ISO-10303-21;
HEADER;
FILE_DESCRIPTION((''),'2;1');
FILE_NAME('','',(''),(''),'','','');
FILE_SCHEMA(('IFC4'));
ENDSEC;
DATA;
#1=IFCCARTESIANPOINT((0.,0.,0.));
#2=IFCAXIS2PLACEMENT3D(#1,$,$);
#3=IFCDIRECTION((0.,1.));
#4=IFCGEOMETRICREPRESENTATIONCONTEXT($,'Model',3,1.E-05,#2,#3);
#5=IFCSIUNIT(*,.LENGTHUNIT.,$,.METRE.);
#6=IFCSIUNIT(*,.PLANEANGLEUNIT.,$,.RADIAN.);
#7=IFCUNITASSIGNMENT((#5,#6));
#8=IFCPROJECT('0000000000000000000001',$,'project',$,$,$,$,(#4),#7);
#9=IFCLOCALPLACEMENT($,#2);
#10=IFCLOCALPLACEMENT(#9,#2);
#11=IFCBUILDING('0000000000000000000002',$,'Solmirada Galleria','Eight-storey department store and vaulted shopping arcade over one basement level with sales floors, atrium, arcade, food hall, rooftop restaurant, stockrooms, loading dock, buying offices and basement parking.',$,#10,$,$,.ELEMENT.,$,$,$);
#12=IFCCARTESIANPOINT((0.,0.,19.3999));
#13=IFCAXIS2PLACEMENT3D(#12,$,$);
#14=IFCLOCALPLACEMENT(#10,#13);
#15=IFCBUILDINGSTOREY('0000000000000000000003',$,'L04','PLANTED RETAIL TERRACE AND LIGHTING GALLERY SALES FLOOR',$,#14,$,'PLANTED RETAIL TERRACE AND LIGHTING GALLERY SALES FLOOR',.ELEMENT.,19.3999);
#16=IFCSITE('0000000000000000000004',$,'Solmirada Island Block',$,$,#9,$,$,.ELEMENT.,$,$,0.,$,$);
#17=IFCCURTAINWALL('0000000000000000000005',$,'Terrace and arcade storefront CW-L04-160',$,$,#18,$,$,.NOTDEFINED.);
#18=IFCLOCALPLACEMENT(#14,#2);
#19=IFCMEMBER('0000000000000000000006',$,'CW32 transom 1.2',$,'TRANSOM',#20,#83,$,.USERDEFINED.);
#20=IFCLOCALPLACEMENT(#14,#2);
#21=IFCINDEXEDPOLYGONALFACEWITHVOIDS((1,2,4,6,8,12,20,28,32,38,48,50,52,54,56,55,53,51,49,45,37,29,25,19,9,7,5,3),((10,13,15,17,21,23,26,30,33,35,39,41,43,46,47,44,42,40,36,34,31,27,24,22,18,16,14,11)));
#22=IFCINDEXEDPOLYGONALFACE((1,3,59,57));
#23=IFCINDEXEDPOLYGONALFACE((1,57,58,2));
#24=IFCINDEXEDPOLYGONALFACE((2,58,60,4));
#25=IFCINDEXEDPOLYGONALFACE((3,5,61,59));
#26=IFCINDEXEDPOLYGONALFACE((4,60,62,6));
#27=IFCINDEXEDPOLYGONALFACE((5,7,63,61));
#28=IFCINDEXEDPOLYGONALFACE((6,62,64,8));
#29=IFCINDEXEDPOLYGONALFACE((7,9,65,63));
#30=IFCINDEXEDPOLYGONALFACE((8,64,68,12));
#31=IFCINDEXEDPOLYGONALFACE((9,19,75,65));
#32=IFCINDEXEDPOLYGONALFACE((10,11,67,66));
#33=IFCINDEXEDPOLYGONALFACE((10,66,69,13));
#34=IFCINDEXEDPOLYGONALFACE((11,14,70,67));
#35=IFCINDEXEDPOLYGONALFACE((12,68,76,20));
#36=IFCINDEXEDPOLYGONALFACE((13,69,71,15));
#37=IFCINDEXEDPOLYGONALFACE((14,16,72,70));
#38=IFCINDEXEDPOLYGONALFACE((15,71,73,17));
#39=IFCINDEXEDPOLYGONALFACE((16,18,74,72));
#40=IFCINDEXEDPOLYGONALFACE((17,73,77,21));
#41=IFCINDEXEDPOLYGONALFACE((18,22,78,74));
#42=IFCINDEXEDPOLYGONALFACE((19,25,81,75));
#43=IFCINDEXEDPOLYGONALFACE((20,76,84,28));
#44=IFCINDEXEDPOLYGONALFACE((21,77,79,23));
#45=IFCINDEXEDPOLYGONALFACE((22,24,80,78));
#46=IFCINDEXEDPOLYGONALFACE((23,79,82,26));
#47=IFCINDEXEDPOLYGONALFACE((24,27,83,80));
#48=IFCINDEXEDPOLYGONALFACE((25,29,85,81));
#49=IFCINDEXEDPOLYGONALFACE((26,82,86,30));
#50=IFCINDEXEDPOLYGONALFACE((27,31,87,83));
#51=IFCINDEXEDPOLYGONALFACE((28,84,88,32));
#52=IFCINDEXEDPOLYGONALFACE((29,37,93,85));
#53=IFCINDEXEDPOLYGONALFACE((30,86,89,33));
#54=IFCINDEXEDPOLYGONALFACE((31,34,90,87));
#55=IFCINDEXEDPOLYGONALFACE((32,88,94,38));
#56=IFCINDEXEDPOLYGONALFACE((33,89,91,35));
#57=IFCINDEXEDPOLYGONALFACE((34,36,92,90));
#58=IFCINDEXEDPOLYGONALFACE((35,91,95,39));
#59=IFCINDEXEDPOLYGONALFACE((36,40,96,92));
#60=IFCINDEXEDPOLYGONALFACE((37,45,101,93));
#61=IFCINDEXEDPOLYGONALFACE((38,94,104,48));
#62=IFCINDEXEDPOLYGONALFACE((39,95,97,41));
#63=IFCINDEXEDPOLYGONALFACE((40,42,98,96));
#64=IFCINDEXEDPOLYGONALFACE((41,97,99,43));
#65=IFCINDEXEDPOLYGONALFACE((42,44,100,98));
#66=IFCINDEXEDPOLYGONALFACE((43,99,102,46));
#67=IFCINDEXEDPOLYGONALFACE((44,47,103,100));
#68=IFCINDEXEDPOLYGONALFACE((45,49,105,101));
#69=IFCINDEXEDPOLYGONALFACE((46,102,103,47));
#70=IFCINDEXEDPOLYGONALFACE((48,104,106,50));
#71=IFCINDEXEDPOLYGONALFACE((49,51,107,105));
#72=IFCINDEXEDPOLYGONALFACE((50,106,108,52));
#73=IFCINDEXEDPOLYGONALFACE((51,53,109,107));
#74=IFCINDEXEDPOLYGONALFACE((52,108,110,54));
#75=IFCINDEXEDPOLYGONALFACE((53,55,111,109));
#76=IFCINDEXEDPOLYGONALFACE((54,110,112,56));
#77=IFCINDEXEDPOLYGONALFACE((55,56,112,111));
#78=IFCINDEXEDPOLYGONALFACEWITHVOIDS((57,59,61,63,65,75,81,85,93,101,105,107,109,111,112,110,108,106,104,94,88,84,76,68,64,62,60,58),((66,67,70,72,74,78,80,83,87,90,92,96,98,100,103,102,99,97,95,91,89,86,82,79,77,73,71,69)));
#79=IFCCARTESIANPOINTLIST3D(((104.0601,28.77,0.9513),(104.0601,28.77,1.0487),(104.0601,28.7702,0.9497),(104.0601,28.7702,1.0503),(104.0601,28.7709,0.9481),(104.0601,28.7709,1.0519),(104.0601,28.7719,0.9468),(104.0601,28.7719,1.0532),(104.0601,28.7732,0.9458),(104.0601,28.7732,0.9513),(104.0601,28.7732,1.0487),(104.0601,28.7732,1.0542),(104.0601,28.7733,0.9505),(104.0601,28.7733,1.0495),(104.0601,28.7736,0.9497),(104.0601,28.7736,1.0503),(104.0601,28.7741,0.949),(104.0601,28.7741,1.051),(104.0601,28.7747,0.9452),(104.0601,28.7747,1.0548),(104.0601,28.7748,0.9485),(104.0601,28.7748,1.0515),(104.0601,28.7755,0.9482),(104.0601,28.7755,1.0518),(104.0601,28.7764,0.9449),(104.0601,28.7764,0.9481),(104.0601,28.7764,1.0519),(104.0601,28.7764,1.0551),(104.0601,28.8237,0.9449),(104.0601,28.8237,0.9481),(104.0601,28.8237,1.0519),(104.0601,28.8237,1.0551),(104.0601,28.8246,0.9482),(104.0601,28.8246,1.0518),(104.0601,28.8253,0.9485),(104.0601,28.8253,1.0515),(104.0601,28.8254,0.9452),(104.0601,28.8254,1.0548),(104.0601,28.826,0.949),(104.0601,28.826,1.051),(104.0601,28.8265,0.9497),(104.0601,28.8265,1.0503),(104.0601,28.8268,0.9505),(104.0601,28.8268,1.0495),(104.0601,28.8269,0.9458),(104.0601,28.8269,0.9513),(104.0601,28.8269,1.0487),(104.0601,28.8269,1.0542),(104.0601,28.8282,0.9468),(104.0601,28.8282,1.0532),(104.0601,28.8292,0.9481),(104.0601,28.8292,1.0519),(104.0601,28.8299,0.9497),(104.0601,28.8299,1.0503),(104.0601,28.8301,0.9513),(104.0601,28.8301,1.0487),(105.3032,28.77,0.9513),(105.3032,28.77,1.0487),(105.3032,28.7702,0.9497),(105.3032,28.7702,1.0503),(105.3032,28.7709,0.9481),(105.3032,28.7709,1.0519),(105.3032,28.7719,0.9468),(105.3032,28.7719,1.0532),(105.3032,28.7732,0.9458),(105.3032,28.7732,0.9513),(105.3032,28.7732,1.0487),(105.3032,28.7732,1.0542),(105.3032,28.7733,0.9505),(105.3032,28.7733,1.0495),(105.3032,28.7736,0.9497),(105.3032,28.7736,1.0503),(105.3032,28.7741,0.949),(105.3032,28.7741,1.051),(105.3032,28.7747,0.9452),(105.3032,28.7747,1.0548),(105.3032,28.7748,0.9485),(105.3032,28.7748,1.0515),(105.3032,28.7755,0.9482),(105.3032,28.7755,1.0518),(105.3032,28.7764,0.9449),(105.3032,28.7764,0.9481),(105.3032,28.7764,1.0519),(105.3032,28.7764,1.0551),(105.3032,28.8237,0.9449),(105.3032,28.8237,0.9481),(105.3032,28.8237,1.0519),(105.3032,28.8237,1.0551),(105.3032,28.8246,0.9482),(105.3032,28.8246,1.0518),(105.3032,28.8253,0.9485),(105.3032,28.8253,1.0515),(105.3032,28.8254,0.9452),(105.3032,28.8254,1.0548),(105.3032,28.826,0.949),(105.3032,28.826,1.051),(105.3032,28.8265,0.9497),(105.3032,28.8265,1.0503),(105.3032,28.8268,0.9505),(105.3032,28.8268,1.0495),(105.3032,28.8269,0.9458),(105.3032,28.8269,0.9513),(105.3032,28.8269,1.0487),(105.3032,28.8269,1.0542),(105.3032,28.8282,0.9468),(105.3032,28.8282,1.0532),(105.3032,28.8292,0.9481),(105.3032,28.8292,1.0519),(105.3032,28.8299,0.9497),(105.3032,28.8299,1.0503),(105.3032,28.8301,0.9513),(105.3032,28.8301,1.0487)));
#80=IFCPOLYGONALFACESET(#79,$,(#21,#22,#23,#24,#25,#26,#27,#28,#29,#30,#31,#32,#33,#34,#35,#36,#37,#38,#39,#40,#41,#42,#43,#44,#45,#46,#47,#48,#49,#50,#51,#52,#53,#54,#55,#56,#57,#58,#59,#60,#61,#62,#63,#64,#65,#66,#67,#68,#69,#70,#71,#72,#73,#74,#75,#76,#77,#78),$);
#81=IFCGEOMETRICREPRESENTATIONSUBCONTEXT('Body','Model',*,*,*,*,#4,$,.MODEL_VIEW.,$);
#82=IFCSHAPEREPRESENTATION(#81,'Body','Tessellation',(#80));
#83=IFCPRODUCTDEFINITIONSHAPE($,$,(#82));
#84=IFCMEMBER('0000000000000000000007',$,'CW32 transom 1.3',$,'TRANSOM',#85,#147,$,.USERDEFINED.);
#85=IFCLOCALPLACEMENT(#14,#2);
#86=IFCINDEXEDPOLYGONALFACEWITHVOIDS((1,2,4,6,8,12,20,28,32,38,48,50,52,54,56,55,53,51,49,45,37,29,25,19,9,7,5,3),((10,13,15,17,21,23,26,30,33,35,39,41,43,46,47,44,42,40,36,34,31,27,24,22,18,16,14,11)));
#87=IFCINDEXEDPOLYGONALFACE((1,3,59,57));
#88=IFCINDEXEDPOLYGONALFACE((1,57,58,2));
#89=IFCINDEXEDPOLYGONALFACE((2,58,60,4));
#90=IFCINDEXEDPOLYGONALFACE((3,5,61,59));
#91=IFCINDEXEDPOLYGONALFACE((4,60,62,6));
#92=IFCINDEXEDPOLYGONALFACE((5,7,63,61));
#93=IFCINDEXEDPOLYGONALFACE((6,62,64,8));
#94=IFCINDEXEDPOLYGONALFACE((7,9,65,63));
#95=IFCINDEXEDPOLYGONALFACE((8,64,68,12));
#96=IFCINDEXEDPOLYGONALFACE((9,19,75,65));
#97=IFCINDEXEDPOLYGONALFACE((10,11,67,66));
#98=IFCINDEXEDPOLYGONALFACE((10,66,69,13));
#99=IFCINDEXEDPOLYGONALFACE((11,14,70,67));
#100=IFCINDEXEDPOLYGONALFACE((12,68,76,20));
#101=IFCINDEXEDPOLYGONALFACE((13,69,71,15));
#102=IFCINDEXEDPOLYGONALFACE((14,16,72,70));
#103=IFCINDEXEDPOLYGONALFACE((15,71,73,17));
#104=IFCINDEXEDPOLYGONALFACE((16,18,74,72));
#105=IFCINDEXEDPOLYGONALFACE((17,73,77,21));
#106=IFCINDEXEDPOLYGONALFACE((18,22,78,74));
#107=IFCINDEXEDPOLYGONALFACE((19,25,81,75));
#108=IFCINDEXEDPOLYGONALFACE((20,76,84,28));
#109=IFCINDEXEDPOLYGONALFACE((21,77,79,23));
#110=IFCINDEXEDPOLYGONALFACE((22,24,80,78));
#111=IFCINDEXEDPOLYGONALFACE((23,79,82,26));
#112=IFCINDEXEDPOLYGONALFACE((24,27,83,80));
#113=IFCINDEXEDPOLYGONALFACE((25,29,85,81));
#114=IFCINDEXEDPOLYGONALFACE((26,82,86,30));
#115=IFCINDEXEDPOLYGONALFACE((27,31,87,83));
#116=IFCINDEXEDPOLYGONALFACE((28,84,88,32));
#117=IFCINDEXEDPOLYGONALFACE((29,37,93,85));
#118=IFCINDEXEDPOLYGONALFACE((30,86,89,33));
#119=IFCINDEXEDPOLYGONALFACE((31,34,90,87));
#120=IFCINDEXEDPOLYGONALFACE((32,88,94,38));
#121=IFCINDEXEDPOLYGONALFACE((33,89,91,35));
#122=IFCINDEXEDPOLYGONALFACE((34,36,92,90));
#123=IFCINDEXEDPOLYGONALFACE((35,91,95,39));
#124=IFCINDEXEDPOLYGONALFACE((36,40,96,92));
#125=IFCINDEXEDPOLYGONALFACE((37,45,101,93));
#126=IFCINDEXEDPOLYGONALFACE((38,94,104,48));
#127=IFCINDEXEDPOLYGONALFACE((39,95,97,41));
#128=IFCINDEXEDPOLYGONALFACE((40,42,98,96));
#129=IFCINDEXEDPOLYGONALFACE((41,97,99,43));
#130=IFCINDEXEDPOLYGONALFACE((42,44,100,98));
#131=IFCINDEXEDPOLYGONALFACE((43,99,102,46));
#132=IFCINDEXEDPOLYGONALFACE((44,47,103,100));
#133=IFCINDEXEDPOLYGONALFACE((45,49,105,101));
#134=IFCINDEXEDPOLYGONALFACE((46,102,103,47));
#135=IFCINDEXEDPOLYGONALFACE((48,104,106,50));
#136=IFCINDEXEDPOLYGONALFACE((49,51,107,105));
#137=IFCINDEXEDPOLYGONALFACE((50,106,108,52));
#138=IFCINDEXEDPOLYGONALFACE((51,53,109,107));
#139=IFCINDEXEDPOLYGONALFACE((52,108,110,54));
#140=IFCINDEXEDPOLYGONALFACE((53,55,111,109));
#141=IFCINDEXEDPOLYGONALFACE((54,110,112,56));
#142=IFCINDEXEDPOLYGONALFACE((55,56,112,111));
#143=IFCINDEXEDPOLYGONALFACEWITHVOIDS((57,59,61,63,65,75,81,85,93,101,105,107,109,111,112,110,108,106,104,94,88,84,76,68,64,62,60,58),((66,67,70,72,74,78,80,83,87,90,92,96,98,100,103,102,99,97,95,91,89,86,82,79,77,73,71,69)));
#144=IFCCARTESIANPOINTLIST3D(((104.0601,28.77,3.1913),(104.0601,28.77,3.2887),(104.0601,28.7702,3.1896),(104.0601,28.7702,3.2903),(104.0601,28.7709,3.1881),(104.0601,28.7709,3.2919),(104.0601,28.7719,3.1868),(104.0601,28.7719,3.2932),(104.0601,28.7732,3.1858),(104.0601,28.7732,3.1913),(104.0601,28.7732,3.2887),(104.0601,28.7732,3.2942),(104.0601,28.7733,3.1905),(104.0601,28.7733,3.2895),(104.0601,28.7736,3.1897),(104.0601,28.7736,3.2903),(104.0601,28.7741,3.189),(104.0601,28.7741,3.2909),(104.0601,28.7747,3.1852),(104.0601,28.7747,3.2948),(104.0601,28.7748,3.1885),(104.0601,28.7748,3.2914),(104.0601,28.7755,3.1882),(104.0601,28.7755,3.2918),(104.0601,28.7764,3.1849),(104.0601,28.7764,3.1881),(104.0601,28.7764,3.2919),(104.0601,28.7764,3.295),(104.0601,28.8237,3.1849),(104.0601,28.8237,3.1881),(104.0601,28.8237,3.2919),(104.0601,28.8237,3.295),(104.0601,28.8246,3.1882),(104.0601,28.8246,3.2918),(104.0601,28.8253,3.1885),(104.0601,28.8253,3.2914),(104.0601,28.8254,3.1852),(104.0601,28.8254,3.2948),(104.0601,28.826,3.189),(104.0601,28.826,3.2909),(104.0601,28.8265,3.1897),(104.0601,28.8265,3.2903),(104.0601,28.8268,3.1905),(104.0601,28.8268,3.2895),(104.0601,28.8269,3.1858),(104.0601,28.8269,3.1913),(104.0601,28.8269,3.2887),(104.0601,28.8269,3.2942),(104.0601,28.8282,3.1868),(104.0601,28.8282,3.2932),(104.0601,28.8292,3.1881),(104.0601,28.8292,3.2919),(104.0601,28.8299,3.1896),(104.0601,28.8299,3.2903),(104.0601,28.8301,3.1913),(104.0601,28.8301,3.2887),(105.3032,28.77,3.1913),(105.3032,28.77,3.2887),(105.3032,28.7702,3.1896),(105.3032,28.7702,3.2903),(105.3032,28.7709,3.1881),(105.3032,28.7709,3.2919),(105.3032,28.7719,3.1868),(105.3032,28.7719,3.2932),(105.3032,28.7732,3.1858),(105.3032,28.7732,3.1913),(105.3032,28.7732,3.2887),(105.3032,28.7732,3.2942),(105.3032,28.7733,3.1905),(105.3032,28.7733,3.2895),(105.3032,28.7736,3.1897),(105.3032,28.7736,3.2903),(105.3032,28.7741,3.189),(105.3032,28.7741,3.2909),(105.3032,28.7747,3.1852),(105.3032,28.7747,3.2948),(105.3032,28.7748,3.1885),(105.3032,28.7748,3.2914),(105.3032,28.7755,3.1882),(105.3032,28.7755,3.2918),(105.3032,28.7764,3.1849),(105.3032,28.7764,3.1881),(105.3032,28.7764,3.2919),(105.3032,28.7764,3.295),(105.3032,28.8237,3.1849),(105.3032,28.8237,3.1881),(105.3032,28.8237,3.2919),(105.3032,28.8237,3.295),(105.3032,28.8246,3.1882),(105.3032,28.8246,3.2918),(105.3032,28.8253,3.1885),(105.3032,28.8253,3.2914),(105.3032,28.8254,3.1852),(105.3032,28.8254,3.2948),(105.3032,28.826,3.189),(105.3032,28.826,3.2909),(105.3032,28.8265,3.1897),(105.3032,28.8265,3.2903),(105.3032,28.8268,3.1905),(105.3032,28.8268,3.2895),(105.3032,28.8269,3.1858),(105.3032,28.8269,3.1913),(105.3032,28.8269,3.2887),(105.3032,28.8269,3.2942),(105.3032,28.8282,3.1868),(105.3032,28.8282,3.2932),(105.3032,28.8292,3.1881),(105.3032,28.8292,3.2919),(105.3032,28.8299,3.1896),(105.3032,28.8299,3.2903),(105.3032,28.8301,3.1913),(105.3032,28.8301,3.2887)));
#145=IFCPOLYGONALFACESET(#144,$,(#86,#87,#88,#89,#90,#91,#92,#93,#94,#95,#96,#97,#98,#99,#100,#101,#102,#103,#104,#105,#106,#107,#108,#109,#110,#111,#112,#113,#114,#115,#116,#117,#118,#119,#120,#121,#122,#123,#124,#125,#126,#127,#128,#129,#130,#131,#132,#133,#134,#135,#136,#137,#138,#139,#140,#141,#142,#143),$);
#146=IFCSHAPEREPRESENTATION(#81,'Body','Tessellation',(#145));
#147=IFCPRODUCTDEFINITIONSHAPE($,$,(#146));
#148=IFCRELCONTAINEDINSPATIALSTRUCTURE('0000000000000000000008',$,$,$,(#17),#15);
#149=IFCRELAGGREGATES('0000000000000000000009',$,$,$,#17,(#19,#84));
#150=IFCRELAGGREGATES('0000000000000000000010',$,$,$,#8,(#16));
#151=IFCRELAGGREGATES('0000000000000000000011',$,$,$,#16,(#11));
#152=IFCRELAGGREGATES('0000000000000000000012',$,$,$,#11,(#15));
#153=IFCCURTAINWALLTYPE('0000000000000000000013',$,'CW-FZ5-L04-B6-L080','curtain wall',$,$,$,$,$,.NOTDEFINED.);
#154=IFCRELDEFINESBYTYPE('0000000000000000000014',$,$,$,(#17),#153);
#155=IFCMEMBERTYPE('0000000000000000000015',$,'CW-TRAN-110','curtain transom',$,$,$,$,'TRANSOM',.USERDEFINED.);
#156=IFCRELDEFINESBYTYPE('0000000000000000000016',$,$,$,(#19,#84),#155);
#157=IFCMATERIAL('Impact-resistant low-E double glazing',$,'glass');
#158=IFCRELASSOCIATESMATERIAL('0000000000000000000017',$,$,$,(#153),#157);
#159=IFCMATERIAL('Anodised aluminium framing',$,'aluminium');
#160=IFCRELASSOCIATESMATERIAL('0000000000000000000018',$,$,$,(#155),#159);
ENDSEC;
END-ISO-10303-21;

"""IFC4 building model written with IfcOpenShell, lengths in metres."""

from ifc_helpers import new_model, si_unit, direction, frame, origin, origin_2d, place, context, subcontext, project, spatial, hollow_rectangle, extrude, material, material_profile, profile_set, type_object, element, aggregate, save


model = new_model("IFC4")

# Units and contexts
model_context = context("Model", 3, precision=1e-05, world=origin(), true_north=direction((0.0, 1.0)))
body_context = subcontext(model_context, "Body", "Model", "MODEL_VIEW")
ifc_project = project(units=[si_unit("LENGTHUNIT", "METRE"), si_unit("PLANEANGLEUNIT", "RADIAN")], contexts=[model_context])

# Site, building, storey
site_placement = place(None, origin())
site = spatial("IfcSite", under=ifc_project, at=site_placement, Name="Solmirada Island Block", CompositionType="ELEMENT", RefElevation=0.0)
building_placement = place(site_placement, origin())
building = spatial("IfcBuilding", under=site, at=building_placement, Name="Solmirada Galleria", Description="Eight-storey department store and vaulted shopping arcade over one basement level with sales floors, atrium, arcade, food hall, rooftop restaurant, stockrooms, loading dock, buying offices and basement parking.", CompositionType="ELEMENT")
storey_placement = place(building_placement, frame((0.0, 0.0, 19.3999)))
storey = spatial("IfcBuildingStorey", under=building, at=storey_placement, Name="L04", Description="PLANTED RETAIL TERRACE AND LIGHTING GALLERY SALES FLOOR", LongName="PLANTED RETAIL TERRACE AND LIGHTING GALLERY SALES FLOOR", CompositionType="ELEMENT", Elevation=19.3999)

# Curtain wall
ifc_material_1 = material(Name="Impact-resistant low-E double glazing", Category="glass")
curtain_wall_type = type_object("IfcCurtainWallType", Name="CW-FZ5-L04-B6-L080", Description="curtain wall", PredefinedType="NOTDEFINED", material=ifc_material_1)
ifc_material_2 = material(Name="Anodised aluminium framing", Category="aluminium")
curtain_wall_1_placement = place(storey_placement, origin())
curtain_wall_1 = element("IfcCurtainWall", 1, at=curtain_wall_1_placement, inside=storey, type_object=curtain_wall_type, Name="Terrace and arcade storefront CW-L04-160", PredefinedType="NOTDEFINED")

# Members
ifc_material_profile_1 = material_profile(ifc_material_2, hollow_rectangle(XDim=0.0601, YDim=0.1101, WallThickness=0.0032, InnerFilletRadius=0.0032, OuterFilletRadius=0.0063, at=origin_2d()), Name="ALU-TRAN-110X60")
ifc_profile_set_1 = profile_set([ifc_material_profile_1], Name="Anodised aluminium framing")
member_type_1 = type_object("IfcMemberType", Name="CW-TRAN-110", Description="curtain transom", ElementType="TRANSOM", PredefinedType="USERDEFINED", material=ifc_profile_set_1)
member_1_placement = place(storey_placement, frame((104.0601, 28.8, 1.0), z_axis=(1.0, 0.0, 0.0), x_axis=(0.0, 1.0, 0.0)))
member_1 = element("IfcMember", 2, at=member_1_placement, type_object=member_type_1, Name="CW32 transom 1.2", ObjectType="TRANSOM", PredefinedType="USERDEFINED", context=body_context, shape_type="SweptSolid", body=[
    extrude(hollow_rectangle(XDim=0.0601, YDim=0.1101, WallThickness=0.0032, InnerFilletRadius=0.0032, OuterFilletRadius=0.0063, at=origin_2d()), origin(), (0.0, 0.0, 1.0), 1.2432),
])
member_2_placement = place(storey_placement, frame((104.0601, 28.8, 3.24), z_axis=(1.0, 0.0, 0.0), x_axis=(0.0, 1.0, 0.0)))
member_2 = element("IfcMember", 3, at=member_2_placement, type_object=member_type_1, Name="CW32 transom 1.3", ObjectType="TRANSOM", PredefinedType="USERDEFINED", context=body_context, shape_type="SweptSolid", body=[
    extrude(hollow_rectangle(XDim=0.0601, YDim=0.1101, WallThickness=0.0032, InnerFilletRadius=0.0032, OuterFilletRadius=0.0063, at=origin_2d()), origin(), (0.0, 0.0, 1.0), 1.2432),
])

aggregate(curtain_wall_1, [member_1, member_2])

save(model, "model.ifc")
